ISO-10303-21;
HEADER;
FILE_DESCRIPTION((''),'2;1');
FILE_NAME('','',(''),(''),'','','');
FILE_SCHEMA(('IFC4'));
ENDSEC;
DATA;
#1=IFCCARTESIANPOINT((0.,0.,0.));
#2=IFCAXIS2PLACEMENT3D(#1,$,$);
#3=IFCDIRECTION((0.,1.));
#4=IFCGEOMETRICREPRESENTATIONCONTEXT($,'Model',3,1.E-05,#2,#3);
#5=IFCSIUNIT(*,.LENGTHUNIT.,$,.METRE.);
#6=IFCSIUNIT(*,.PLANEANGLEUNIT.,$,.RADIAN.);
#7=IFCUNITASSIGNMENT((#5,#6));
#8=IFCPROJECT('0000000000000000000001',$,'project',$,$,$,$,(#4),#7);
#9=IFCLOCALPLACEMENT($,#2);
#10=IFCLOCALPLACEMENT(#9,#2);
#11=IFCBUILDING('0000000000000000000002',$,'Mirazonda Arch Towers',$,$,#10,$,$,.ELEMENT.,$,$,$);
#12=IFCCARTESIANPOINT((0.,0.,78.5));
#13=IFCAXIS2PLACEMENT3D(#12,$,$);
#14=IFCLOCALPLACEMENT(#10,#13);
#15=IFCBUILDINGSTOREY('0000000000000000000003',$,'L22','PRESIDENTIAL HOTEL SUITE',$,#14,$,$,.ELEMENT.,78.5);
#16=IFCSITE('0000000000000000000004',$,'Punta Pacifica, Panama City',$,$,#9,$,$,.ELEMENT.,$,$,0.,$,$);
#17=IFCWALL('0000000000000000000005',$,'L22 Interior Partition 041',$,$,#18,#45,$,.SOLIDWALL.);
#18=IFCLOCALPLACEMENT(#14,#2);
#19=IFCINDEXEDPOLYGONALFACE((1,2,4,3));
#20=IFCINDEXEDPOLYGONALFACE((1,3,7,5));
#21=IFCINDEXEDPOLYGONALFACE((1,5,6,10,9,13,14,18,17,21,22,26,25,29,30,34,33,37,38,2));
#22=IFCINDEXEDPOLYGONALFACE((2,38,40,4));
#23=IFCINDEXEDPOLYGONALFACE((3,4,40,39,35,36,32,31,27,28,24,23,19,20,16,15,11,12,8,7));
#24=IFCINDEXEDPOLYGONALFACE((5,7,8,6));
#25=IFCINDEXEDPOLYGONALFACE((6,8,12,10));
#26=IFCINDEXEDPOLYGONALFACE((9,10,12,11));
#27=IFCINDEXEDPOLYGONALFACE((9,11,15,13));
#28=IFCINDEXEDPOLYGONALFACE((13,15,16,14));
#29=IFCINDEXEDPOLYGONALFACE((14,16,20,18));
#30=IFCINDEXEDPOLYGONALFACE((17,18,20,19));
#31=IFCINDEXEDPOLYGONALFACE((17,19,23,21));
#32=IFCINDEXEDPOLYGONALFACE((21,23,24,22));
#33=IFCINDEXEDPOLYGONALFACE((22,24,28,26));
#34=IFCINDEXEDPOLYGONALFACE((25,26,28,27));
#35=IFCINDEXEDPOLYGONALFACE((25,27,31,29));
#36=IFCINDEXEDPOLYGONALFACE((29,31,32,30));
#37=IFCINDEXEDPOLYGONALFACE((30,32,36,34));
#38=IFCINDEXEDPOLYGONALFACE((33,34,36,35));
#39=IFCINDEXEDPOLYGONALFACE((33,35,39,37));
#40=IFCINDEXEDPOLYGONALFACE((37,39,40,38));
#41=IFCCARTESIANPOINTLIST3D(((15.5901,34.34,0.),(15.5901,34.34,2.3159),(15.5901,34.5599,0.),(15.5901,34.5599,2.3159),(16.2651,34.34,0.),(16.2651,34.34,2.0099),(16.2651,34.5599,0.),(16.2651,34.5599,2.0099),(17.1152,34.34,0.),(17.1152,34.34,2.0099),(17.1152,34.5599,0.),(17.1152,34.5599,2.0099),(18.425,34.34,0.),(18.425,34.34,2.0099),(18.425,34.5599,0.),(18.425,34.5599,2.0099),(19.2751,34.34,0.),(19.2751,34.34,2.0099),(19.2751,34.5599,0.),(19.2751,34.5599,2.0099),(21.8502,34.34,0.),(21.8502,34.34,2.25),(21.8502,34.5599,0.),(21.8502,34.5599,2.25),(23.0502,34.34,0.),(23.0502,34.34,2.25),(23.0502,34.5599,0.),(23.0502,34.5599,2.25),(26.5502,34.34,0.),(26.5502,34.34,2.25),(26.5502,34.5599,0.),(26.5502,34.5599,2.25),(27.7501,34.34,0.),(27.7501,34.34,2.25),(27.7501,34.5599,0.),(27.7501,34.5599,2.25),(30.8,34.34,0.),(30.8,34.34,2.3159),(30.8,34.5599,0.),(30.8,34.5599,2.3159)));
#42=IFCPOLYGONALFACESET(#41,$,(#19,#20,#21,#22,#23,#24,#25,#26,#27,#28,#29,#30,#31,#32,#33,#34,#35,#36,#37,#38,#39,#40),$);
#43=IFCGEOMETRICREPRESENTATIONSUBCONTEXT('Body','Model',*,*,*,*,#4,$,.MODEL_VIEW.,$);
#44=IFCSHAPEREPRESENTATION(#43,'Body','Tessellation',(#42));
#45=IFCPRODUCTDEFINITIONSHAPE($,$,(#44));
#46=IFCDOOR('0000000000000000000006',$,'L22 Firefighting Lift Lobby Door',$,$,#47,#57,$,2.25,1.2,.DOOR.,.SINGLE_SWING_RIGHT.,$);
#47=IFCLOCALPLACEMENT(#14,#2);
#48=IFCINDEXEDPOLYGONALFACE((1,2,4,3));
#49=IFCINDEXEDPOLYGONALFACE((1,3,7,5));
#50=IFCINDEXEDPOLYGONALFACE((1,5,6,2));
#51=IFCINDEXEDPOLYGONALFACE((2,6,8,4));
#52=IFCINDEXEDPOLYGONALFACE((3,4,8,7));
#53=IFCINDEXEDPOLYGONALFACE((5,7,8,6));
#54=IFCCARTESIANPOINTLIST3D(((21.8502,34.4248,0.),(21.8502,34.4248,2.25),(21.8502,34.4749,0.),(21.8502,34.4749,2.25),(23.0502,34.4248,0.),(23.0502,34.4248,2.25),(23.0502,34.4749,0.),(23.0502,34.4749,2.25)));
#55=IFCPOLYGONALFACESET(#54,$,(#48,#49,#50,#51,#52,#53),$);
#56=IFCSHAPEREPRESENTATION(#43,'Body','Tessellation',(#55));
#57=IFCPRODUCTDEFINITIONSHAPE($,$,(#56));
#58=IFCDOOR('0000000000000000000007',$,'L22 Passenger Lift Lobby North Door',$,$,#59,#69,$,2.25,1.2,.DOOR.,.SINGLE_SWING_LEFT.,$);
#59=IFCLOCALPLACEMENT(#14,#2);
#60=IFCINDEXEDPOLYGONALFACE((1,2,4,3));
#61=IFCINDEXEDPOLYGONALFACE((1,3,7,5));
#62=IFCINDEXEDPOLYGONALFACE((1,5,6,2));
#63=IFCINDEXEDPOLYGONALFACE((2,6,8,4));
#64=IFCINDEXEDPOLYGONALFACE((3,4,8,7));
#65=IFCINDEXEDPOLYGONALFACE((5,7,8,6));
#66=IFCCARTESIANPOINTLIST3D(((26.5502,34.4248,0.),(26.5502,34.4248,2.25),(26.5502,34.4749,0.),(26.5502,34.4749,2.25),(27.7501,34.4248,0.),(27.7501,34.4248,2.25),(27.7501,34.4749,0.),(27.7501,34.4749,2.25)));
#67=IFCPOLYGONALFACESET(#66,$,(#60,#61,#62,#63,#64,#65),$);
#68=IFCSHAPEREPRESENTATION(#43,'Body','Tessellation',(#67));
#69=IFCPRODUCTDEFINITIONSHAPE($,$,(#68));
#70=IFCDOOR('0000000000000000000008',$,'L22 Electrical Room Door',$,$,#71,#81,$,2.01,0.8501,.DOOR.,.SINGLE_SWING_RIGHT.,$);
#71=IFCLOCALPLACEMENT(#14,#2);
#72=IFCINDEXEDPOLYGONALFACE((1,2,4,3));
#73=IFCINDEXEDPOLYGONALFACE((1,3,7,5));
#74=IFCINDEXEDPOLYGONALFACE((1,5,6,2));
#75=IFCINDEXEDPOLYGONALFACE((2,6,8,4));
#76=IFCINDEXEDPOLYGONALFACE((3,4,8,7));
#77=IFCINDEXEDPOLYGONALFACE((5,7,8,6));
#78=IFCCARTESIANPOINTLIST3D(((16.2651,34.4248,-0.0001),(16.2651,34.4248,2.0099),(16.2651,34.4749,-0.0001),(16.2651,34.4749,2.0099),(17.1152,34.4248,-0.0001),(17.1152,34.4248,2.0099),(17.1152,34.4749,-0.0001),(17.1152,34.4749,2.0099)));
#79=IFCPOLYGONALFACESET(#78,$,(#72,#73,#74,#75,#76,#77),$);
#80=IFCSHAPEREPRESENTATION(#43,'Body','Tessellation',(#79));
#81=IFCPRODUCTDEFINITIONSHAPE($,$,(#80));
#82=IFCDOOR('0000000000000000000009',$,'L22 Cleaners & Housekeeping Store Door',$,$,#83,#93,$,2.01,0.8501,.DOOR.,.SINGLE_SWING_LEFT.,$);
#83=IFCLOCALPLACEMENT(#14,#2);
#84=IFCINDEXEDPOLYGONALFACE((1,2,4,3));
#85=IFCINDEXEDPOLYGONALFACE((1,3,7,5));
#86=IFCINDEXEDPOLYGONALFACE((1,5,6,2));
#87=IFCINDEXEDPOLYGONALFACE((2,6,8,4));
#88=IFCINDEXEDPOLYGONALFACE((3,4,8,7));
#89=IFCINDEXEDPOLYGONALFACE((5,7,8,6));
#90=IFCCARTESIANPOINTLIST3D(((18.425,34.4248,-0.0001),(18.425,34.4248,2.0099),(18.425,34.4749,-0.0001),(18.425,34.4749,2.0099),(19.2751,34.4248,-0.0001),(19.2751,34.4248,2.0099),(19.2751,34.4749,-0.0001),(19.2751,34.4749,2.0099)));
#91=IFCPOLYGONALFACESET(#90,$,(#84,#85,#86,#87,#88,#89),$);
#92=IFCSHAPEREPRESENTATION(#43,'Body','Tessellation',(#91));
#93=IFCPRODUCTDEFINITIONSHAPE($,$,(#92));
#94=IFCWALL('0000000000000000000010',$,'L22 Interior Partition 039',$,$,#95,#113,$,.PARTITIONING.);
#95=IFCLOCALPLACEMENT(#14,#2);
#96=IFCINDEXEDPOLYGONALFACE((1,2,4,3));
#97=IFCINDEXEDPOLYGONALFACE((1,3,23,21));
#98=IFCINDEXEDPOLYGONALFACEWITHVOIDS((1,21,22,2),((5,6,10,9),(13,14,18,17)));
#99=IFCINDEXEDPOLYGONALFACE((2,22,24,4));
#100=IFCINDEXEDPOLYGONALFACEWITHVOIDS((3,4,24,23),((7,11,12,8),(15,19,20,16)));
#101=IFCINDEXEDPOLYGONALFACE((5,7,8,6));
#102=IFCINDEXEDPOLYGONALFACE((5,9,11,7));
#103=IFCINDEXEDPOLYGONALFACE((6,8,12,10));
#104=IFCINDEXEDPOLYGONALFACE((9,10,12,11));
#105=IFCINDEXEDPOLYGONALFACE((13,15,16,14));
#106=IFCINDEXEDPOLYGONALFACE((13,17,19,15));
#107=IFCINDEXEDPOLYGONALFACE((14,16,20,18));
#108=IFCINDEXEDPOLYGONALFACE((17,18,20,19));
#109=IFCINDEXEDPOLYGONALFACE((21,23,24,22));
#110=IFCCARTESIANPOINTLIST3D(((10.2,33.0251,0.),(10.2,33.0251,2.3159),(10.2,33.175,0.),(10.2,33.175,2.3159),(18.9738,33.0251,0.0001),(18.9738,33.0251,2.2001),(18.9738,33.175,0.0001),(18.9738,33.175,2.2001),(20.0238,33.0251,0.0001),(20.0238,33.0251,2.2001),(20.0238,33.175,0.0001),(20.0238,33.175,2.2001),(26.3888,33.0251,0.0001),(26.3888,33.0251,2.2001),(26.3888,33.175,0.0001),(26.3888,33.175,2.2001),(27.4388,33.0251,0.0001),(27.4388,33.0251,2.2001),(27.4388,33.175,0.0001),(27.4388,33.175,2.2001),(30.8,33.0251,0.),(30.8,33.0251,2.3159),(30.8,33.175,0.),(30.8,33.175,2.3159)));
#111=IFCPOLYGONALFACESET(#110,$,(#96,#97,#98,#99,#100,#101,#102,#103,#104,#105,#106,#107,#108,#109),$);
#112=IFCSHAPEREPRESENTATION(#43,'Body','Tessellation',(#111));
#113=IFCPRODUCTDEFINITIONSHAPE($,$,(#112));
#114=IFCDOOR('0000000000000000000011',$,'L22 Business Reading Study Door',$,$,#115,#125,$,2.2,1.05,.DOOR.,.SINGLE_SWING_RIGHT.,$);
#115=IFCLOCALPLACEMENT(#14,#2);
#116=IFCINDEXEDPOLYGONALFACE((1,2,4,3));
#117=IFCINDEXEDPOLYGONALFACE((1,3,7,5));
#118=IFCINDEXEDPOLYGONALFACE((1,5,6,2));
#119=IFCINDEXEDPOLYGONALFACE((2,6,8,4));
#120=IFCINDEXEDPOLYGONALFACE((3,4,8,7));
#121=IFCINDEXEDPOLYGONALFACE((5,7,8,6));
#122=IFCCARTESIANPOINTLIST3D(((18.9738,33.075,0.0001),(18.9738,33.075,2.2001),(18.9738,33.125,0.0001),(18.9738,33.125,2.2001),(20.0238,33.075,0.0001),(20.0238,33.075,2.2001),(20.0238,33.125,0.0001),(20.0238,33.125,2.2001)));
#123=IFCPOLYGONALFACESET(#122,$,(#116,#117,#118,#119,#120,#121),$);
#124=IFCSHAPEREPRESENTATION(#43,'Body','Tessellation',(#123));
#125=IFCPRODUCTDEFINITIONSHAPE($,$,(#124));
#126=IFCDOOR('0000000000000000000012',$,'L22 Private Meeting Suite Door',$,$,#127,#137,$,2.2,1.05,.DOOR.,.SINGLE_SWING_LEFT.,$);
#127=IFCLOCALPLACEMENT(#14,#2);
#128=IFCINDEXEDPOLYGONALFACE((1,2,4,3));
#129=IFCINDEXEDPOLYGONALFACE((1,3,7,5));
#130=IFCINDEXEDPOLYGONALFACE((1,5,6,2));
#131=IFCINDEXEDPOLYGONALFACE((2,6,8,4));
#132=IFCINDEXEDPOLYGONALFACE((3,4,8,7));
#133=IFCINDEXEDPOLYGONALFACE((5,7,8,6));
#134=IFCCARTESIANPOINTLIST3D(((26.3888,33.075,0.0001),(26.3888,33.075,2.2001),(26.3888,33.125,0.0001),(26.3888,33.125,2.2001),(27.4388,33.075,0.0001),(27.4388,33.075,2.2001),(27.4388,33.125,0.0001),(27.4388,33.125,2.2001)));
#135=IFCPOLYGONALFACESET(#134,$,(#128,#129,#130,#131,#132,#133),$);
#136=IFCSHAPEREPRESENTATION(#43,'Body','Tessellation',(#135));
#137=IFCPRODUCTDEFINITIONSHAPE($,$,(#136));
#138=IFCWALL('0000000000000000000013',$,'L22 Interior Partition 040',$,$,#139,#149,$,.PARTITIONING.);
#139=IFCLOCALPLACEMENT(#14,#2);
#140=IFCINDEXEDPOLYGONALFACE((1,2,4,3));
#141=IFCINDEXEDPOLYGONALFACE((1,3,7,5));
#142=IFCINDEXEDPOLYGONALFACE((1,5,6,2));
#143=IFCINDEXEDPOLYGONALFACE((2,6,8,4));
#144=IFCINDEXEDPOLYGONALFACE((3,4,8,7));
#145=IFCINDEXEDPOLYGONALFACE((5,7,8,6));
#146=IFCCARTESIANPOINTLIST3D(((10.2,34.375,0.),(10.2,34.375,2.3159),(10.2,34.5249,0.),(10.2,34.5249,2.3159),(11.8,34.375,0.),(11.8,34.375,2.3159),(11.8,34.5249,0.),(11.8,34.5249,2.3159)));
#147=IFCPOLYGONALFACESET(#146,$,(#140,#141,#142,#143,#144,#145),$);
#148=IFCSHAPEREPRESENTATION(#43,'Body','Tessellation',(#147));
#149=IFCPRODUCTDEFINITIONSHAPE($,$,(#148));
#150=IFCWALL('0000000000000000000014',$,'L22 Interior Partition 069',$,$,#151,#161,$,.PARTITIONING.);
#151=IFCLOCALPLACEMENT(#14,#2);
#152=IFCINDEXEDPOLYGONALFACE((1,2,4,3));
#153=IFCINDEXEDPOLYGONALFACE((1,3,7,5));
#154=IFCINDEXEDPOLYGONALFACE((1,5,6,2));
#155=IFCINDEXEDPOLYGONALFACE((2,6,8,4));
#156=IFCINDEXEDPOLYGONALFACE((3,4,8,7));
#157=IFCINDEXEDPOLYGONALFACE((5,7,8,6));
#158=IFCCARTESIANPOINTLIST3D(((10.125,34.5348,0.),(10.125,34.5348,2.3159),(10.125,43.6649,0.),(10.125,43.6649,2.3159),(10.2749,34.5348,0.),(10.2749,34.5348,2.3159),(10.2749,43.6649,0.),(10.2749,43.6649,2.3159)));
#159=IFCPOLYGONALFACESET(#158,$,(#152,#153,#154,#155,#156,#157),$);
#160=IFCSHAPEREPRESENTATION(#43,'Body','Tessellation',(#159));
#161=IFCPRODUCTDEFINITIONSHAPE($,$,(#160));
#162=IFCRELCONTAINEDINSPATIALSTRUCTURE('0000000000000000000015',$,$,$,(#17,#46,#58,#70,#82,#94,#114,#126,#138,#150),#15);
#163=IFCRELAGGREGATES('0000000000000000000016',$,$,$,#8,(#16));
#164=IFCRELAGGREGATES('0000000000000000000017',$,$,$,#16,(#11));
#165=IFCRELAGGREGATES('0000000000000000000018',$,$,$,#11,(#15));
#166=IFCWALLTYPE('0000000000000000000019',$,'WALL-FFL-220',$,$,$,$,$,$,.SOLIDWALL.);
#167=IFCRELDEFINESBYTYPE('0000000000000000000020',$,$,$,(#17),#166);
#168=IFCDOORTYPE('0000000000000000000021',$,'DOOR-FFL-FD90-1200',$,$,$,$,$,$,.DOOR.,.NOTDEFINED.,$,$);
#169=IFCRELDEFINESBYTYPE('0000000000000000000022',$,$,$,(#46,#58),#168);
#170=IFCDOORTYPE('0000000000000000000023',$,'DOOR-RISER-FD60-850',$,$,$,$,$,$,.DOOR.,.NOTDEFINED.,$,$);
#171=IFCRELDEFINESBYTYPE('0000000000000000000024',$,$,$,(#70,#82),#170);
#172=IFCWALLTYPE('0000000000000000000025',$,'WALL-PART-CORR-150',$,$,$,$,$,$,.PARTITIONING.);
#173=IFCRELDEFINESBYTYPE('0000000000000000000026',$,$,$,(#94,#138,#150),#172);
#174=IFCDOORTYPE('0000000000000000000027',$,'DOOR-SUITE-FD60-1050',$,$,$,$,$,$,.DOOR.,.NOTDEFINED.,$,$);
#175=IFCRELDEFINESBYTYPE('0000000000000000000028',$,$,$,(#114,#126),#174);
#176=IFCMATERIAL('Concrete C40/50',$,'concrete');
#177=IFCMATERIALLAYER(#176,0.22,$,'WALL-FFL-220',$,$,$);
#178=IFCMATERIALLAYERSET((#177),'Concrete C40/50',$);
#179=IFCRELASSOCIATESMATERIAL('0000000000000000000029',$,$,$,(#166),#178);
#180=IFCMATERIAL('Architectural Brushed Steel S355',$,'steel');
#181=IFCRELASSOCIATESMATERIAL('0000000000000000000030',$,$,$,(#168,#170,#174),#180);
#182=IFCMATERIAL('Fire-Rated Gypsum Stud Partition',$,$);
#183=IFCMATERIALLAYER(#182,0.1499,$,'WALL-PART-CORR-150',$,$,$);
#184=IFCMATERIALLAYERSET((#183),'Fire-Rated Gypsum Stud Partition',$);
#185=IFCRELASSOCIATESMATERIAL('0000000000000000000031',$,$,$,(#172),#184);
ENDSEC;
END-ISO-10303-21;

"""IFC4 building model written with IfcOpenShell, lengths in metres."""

from ifc_helpers import new_model, si_unit, direction, frame, frame_2d, origin, place, context, subcontext, project, spatial, rectangle, extrude, material, layer, layer_set, type_object, element, fill, save


model = new_model("IFC4")

# Units and contexts
model_context = context("Model", 3, precision=1e-05, world=origin(), true_north=direction((0.0, 1.0)))
body_context = subcontext(model_context, "Body", "Model", "MODEL_VIEW")
ifc_project = project(units=[si_unit("LENGTHUNIT", "METRE"), si_unit("PLANEANGLEUNIT", "RADIAN")], contexts=[model_context])

# Site, building, storey
site_placement = place(None, origin())
site = spatial("IfcSite", under=ifc_project, at=site_placement, Name="Punta Pacifica, Panama City", CompositionType="ELEMENT", RefElevation=0.0)
building_placement = place(site_placement, origin())
building = spatial("IfcBuilding", under=site, at=building_placement, Name="Mirazonda Arch Towers", CompositionType="ELEMENT")
storey_placement = place(building_placement, frame((0.0, 0.0, 78.5)))
storey = spatial("IfcBuildingStorey", under=building, at=storey_placement, Name="L22", Description="PRESIDENTIAL HOTEL SUITE", CompositionType="ELEMENT", Elevation=78.5)

# Walls, openings, doors
ifc_material_1 = material(Name="Architectural Brushed Steel S355", Category="steel")
ifc_material_2 = material(Name="Concrete C40/50", Category="concrete")
ifc_layer_1 = layer(ifc_material_2, 0.22, Name="WALL-FFL-220")
ifc_layer_set_1 = layer_set([ifc_layer_1], Name="Concrete C40/50")
wall_type_1 = type_object("IfcWallType", Name="WALL-FFL-220", PredefinedType="SOLIDWALL", material=ifc_layer_set_1)
wall_1_placement = place(storey_placement, frame((15.5901, 34.45, 0.0), z_axis=(0.0, 0.0, 1.0), x_axis=(1.0, 0.0, 0.0)))
wall_1 = element("IfcWall", 1, at=wall_1_placement, inside=storey, type_object=wall_type_1, Name="L22 Interior Partition 041", PredefinedType="SOLIDWALL", context=body_context, shape_type="SweptSolid", body=[
    extrude(rectangle(XDim=15.21, YDim=0.22, at=frame_2d((7.605, 0.0))), origin(), (0.0, 0.0, 1.0), 2.3159),
])
opening_1_placement = place(wall_1_placement, frame((6.26, 0.0, 0.0)))
opening_1 = element("IfcOpeningElement", 2, at=opening_1_placement, cuts=wall_1, PredefinedType="OPENING", context=body_context, shape_type="SweptSolid", body=[
    extrude(rectangle(XDim=1.2, YDim=2.25, at=frame_2d((0.6001, 1.125))), frame((0.0, 0.1199, 0.0), z_axis=(0.0, -1.0, 0.0), x_axis=(1.0, 0.0, 0.0)), (0.0, 0.0, 1.0), 0.24),
])
opening_2_placement = place(wall_1_placement, frame((10.96, 0.0, 0.0)))
opening_2 = element("IfcOpeningElement", 3, at=opening_2_placement, cuts=wall_1, PredefinedType="OPENING", context=body_context, shape_type="SweptSolid", body=[
    extrude(rectangle(XDim=1.2, YDim=2.25, at=frame_2d((0.6001, 1.125))), frame((0.0, 0.1199, 0.0), z_axis=(0.0, -1.0, 0.0), x_axis=(1.0, 0.0, 0.0)), (0.0, 0.0, 1.0), 0.24),
])
opening_3_placement = place(wall_1_placement, frame((0.675, 0.0, 0.0)))
opening_3 = element("IfcOpeningElement", 4, at=opening_3_placement, cuts=wall_1, PredefinedType="OPENING", context=body_context, shape_type="SweptSolid", body=[
    extrude(rectangle(XDim=0.8501, YDim=2.01, at=frame_2d((0.425, 1.0049))), frame((0.0, 0.1199, 0.0), z_axis=(0.0, -1.0, 0.0), x_axis=(1.0, 0.0, 0.0)), (0.0, 0.0, 1.0), 0.24),
])
opening_4_placement = place(wall_1_placement, frame((2.835, 0.0, 0.0)))
opening_4 = element("IfcOpeningElement", 5, at=opening_4_placement, cuts=wall_1, PredefinedType="OPENING", context=body_context, shape_type="SweptSolid", body=[
    extrude(rectangle(XDim=0.8501, YDim=2.01, at=frame_2d((0.425, 1.0049))), frame((0.0, 0.1199, 0.0), z_axis=(0.0, -1.0, 0.0), x_axis=(1.0, 0.0, 0.0)), (0.0, 0.0, 1.0), 0.24),
])
door_type_1 = type_object("IfcDoorType", Name="DOOR-FFL-FD90-1200", OperationType="NOTDEFINED", PredefinedType="DOOR", material=ifc_material_1)
door_1_placement = place(opening_1_placement, origin())
door_1 = element("IfcDoor", 6, at=door_1_placement, inside=storey, type_object=door_type_1, Name="L22 Firefighting Lift Lobby Door", OperationType="SINGLE_SWING_RIGHT", OverallHeight=2.25, OverallWidth=1.2, PredefinedType="DOOR", context=body_context, shape_type="SweptSolid", body=[
    extrude(rectangle(XDim=1.2, YDim=2.25, at=frame_2d((0.6001, 1.125))), frame((0.0, 0.0249, 0.0), z_axis=(0.0, -1.0, 0.0), x_axis=(1.0, 0.0, 0.0)), (0.0, 0.0, 1.0), 0.05),
])
fill(opening_1, door_1)
door_2_placement = place(opening_2_placement, origin())
door_2 = element("IfcDoor", 7, at=door_2_placement, inside=storey, type_object=door_type_1, Name="L22 Passenger Lift Lobby North Door", OperationType="SINGLE_SWING_LEFT", OverallHeight=2.25, OverallWidth=1.2, PredefinedType="DOOR", context=body_context, shape_type="SweptSolid", body=[
    extrude(rectangle(XDim=1.2, YDim=2.25, at=frame_2d((0.6001, 1.125))), frame((0.0, 0.0249, 0.0), z_axis=(0.0, -1.0, 0.0), x_axis=(1.0, 0.0, 0.0)), (0.0, 0.0, 1.0), 0.05),
])
fill(opening_2, door_2)
door_type_2 = type_object("IfcDoorType", Name="DOOR-RISER-FD60-850", OperationType="NOTDEFINED", PredefinedType="DOOR", material=ifc_material_1)
door_3_placement = place(opening_3_placement, origin())
door_3 = element("IfcDoor", 8, at=door_3_placement, inside=storey, type_object=door_type_2, Name="L22 Electrical Room Door", OperationType="SINGLE_SWING_RIGHT", OverallHeight=2.01, OverallWidth=0.8501, PredefinedType="DOOR", context=body_context, shape_type="SweptSolid", body=[
    extrude(rectangle(XDim=0.8501, YDim=2.01, at=frame_2d((0.425, 1.0049))), frame((0.0, 0.0249, 0.0), z_axis=(0.0, -1.0, 0.0), x_axis=(1.0, 0.0, 0.0)), (0.0, 0.0, 1.0), 0.05),
])
fill(opening_3, door_3)
door_4_placement = place(opening_4_placement, origin())
door_4 = element("IfcDoor", 9, at=door_4_placement, inside=storey, type_object=door_type_2, Name="L22 Cleaners & Housekeeping Store Door", OperationType="SINGLE_SWING_LEFT", OverallHeight=2.01, OverallWidth=0.8501, PredefinedType="DOOR", context=body_context, shape_type="SweptSolid", body=[
    extrude(rectangle(XDim=0.8501, YDim=2.01, at=frame_2d((0.425, 1.0049))), frame((0.0, 0.0249, 0.0), z_axis=(0.0, -1.0, 0.0), x_axis=(1.0, 0.0, 0.0)), (0.0, 0.0, 1.0), 0.05),
])
fill(opening_4, door_4)
ifc_material_3 = material(Name="Fire-Rated Gypsum Stud Partition")
ifc_layer_2 = layer(ifc_material_3, 0.1499, Name="WALL-PART-CORR-150")
ifc_layer_set_2 = layer_set([ifc_layer_2], Name="Fire-Rated Gypsum Stud Partition")
wall_type_2 = type_object("IfcWallType", Name="WALL-PART-CORR-150", PredefinedType="PARTITIONING", material=ifc_layer_set_2)
wall_2_placement = place(storey_placement, frame((10.2, 33.1001, 0.0), z_axis=(0.0, 0.0, 1.0), x_axis=(1.0, 0.0, 0.0)))
wall_2 = element("IfcWall", 10, at=wall_2_placement, inside=storey, type_object=wall_type_2, Name="L22 Interior Partition 039", PredefinedType="PARTITIONING", context=body_context, shape_type="SweptSolid", body=[
    extrude(rectangle(XDim=20.6001, YDim=0.1499, at=frame_2d((10.3, 0.0))), origin(), (0.0, 0.0, 1.0), 2.3159),
])
opening_5_placement = place(wall_2_placement, frame((8.7739, 0.0, 0.0)))
opening_5 = element("IfcOpeningElement", 11, at=opening_5_placement, cuts=wall_2, PredefinedType="OPENING", context=body_context, shape_type="SweptSolid", body=[
    extrude(rectangle(XDim=1.05, YDim=2.2, at=frame_2d((0.5249, 1.1001))), frame((0.0, 0.085, 0.0), z_axis=(0.0, -1.0, 0.0), x_axis=(1.0, 0.0, 0.0)), (0.0, 0.0, 1.0), 0.1699),
])
opening_6_placement = place(wall_2_placement, frame((16.189, 0.0, 0.0)))
opening_6 = element("IfcOpeningElement", 12, at=opening_6_placement, cuts=wall_2, PredefinedType="OPENING", context=body_context, shape_type="SweptSolid", body=[
    extrude(rectangle(XDim=1.05, YDim=2.2, at=frame_2d((0.5249, 1.1001))), frame((0.0, 0.085, 0.0), z_axis=(0.0, -1.0, 0.0), x_axis=(1.0, 0.0, 0.0)), (0.0, 0.0, 1.0), 0.1699),
])
door_type_3 = type_object("IfcDoorType", Name="DOOR-SUITE-FD60-1050", OperationType="NOTDEFINED", PredefinedType="DOOR", material=ifc_material_1)
door_5_placement = place(opening_5_placement, origin())
door_5 = element("IfcDoor", 13, at=door_5_placement, inside=storey, type_object=door_type_3, Name="L22 Business Reading Study Door", OperationType="SINGLE_SWING_RIGHT", OverallHeight=2.2, OverallWidth=1.05, PredefinedType="DOOR", context=body_context, shape_type="SweptSolid", body=[
    extrude(rectangle(XDim=1.05, YDim=2.2, at=frame_2d((0.5249, 1.1001))), frame((0.0, 0.0249, 0.0), z_axis=(0.0, -1.0, 0.0), x_axis=(1.0, 0.0, 0.0)), (0.0, 0.0, 1.0), 0.05),
])
fill(opening_5, door_5)
door_6_placement = place(opening_6_placement, origin())
door_6 = element("IfcDoor", 14, at=door_6_placement, inside=storey, type_object=door_type_3, Name="L22 Private Meeting Suite Door", OperationType="SINGLE_SWING_LEFT", OverallHeight=2.2, OverallWidth=1.05, PredefinedType="DOOR", context=body_context, shape_type="SweptSolid", body=[
    extrude(rectangle(XDim=1.05, YDim=2.2, at=frame_2d((0.5249, 1.1001))), frame((0.0, 0.0249, 0.0), z_axis=(0.0, -1.0, 0.0), x_axis=(1.0, 0.0, 0.0)), (0.0, 0.0, 1.0), 0.05),
])
fill(opening_6, door_6)

# Walls
wall_3_placement = place(storey_placement, frame((10.2, 34.45, 0.0), z_axis=(0.0, 0.0, 1.0), x_axis=(1.0, 0.0, 0.0)))
element("IfcWall", 15, at=wall_3_placement, inside=storey, type_object=wall_type_2, Name="L22 Interior Partition 040", PredefinedType="PARTITIONING", context=body_context, shape_type="SweptSolid", body=[
    extrude(rectangle(XDim=1.6001, YDim=0.1499, at=frame_2d((0.8, 0.0))), origin(), (0.0, 0.0, 1.0), 2.3159),
])
wall_4_placement = place(storey_placement, frame((10.2, 34.5349, 0.0), z_axis=(0.0, 0.0, 1.0), x_axis=(0.0, 1.0, 0.0)))
element("IfcWall", 16, at=wall_4_placement, inside=storey, type_object=wall_type_2, Name="L22 Interior Partition 069", PredefinedType="PARTITIONING", context=body_context, shape_type="SweptSolid", body=[
    extrude(rectangle(XDim=9.1301, YDim=0.1499, at=frame_2d((4.5649, 0.0))), origin(), (0.0, 0.0, 1.0), 2.3159),
])

save(model, "model.ifc")
